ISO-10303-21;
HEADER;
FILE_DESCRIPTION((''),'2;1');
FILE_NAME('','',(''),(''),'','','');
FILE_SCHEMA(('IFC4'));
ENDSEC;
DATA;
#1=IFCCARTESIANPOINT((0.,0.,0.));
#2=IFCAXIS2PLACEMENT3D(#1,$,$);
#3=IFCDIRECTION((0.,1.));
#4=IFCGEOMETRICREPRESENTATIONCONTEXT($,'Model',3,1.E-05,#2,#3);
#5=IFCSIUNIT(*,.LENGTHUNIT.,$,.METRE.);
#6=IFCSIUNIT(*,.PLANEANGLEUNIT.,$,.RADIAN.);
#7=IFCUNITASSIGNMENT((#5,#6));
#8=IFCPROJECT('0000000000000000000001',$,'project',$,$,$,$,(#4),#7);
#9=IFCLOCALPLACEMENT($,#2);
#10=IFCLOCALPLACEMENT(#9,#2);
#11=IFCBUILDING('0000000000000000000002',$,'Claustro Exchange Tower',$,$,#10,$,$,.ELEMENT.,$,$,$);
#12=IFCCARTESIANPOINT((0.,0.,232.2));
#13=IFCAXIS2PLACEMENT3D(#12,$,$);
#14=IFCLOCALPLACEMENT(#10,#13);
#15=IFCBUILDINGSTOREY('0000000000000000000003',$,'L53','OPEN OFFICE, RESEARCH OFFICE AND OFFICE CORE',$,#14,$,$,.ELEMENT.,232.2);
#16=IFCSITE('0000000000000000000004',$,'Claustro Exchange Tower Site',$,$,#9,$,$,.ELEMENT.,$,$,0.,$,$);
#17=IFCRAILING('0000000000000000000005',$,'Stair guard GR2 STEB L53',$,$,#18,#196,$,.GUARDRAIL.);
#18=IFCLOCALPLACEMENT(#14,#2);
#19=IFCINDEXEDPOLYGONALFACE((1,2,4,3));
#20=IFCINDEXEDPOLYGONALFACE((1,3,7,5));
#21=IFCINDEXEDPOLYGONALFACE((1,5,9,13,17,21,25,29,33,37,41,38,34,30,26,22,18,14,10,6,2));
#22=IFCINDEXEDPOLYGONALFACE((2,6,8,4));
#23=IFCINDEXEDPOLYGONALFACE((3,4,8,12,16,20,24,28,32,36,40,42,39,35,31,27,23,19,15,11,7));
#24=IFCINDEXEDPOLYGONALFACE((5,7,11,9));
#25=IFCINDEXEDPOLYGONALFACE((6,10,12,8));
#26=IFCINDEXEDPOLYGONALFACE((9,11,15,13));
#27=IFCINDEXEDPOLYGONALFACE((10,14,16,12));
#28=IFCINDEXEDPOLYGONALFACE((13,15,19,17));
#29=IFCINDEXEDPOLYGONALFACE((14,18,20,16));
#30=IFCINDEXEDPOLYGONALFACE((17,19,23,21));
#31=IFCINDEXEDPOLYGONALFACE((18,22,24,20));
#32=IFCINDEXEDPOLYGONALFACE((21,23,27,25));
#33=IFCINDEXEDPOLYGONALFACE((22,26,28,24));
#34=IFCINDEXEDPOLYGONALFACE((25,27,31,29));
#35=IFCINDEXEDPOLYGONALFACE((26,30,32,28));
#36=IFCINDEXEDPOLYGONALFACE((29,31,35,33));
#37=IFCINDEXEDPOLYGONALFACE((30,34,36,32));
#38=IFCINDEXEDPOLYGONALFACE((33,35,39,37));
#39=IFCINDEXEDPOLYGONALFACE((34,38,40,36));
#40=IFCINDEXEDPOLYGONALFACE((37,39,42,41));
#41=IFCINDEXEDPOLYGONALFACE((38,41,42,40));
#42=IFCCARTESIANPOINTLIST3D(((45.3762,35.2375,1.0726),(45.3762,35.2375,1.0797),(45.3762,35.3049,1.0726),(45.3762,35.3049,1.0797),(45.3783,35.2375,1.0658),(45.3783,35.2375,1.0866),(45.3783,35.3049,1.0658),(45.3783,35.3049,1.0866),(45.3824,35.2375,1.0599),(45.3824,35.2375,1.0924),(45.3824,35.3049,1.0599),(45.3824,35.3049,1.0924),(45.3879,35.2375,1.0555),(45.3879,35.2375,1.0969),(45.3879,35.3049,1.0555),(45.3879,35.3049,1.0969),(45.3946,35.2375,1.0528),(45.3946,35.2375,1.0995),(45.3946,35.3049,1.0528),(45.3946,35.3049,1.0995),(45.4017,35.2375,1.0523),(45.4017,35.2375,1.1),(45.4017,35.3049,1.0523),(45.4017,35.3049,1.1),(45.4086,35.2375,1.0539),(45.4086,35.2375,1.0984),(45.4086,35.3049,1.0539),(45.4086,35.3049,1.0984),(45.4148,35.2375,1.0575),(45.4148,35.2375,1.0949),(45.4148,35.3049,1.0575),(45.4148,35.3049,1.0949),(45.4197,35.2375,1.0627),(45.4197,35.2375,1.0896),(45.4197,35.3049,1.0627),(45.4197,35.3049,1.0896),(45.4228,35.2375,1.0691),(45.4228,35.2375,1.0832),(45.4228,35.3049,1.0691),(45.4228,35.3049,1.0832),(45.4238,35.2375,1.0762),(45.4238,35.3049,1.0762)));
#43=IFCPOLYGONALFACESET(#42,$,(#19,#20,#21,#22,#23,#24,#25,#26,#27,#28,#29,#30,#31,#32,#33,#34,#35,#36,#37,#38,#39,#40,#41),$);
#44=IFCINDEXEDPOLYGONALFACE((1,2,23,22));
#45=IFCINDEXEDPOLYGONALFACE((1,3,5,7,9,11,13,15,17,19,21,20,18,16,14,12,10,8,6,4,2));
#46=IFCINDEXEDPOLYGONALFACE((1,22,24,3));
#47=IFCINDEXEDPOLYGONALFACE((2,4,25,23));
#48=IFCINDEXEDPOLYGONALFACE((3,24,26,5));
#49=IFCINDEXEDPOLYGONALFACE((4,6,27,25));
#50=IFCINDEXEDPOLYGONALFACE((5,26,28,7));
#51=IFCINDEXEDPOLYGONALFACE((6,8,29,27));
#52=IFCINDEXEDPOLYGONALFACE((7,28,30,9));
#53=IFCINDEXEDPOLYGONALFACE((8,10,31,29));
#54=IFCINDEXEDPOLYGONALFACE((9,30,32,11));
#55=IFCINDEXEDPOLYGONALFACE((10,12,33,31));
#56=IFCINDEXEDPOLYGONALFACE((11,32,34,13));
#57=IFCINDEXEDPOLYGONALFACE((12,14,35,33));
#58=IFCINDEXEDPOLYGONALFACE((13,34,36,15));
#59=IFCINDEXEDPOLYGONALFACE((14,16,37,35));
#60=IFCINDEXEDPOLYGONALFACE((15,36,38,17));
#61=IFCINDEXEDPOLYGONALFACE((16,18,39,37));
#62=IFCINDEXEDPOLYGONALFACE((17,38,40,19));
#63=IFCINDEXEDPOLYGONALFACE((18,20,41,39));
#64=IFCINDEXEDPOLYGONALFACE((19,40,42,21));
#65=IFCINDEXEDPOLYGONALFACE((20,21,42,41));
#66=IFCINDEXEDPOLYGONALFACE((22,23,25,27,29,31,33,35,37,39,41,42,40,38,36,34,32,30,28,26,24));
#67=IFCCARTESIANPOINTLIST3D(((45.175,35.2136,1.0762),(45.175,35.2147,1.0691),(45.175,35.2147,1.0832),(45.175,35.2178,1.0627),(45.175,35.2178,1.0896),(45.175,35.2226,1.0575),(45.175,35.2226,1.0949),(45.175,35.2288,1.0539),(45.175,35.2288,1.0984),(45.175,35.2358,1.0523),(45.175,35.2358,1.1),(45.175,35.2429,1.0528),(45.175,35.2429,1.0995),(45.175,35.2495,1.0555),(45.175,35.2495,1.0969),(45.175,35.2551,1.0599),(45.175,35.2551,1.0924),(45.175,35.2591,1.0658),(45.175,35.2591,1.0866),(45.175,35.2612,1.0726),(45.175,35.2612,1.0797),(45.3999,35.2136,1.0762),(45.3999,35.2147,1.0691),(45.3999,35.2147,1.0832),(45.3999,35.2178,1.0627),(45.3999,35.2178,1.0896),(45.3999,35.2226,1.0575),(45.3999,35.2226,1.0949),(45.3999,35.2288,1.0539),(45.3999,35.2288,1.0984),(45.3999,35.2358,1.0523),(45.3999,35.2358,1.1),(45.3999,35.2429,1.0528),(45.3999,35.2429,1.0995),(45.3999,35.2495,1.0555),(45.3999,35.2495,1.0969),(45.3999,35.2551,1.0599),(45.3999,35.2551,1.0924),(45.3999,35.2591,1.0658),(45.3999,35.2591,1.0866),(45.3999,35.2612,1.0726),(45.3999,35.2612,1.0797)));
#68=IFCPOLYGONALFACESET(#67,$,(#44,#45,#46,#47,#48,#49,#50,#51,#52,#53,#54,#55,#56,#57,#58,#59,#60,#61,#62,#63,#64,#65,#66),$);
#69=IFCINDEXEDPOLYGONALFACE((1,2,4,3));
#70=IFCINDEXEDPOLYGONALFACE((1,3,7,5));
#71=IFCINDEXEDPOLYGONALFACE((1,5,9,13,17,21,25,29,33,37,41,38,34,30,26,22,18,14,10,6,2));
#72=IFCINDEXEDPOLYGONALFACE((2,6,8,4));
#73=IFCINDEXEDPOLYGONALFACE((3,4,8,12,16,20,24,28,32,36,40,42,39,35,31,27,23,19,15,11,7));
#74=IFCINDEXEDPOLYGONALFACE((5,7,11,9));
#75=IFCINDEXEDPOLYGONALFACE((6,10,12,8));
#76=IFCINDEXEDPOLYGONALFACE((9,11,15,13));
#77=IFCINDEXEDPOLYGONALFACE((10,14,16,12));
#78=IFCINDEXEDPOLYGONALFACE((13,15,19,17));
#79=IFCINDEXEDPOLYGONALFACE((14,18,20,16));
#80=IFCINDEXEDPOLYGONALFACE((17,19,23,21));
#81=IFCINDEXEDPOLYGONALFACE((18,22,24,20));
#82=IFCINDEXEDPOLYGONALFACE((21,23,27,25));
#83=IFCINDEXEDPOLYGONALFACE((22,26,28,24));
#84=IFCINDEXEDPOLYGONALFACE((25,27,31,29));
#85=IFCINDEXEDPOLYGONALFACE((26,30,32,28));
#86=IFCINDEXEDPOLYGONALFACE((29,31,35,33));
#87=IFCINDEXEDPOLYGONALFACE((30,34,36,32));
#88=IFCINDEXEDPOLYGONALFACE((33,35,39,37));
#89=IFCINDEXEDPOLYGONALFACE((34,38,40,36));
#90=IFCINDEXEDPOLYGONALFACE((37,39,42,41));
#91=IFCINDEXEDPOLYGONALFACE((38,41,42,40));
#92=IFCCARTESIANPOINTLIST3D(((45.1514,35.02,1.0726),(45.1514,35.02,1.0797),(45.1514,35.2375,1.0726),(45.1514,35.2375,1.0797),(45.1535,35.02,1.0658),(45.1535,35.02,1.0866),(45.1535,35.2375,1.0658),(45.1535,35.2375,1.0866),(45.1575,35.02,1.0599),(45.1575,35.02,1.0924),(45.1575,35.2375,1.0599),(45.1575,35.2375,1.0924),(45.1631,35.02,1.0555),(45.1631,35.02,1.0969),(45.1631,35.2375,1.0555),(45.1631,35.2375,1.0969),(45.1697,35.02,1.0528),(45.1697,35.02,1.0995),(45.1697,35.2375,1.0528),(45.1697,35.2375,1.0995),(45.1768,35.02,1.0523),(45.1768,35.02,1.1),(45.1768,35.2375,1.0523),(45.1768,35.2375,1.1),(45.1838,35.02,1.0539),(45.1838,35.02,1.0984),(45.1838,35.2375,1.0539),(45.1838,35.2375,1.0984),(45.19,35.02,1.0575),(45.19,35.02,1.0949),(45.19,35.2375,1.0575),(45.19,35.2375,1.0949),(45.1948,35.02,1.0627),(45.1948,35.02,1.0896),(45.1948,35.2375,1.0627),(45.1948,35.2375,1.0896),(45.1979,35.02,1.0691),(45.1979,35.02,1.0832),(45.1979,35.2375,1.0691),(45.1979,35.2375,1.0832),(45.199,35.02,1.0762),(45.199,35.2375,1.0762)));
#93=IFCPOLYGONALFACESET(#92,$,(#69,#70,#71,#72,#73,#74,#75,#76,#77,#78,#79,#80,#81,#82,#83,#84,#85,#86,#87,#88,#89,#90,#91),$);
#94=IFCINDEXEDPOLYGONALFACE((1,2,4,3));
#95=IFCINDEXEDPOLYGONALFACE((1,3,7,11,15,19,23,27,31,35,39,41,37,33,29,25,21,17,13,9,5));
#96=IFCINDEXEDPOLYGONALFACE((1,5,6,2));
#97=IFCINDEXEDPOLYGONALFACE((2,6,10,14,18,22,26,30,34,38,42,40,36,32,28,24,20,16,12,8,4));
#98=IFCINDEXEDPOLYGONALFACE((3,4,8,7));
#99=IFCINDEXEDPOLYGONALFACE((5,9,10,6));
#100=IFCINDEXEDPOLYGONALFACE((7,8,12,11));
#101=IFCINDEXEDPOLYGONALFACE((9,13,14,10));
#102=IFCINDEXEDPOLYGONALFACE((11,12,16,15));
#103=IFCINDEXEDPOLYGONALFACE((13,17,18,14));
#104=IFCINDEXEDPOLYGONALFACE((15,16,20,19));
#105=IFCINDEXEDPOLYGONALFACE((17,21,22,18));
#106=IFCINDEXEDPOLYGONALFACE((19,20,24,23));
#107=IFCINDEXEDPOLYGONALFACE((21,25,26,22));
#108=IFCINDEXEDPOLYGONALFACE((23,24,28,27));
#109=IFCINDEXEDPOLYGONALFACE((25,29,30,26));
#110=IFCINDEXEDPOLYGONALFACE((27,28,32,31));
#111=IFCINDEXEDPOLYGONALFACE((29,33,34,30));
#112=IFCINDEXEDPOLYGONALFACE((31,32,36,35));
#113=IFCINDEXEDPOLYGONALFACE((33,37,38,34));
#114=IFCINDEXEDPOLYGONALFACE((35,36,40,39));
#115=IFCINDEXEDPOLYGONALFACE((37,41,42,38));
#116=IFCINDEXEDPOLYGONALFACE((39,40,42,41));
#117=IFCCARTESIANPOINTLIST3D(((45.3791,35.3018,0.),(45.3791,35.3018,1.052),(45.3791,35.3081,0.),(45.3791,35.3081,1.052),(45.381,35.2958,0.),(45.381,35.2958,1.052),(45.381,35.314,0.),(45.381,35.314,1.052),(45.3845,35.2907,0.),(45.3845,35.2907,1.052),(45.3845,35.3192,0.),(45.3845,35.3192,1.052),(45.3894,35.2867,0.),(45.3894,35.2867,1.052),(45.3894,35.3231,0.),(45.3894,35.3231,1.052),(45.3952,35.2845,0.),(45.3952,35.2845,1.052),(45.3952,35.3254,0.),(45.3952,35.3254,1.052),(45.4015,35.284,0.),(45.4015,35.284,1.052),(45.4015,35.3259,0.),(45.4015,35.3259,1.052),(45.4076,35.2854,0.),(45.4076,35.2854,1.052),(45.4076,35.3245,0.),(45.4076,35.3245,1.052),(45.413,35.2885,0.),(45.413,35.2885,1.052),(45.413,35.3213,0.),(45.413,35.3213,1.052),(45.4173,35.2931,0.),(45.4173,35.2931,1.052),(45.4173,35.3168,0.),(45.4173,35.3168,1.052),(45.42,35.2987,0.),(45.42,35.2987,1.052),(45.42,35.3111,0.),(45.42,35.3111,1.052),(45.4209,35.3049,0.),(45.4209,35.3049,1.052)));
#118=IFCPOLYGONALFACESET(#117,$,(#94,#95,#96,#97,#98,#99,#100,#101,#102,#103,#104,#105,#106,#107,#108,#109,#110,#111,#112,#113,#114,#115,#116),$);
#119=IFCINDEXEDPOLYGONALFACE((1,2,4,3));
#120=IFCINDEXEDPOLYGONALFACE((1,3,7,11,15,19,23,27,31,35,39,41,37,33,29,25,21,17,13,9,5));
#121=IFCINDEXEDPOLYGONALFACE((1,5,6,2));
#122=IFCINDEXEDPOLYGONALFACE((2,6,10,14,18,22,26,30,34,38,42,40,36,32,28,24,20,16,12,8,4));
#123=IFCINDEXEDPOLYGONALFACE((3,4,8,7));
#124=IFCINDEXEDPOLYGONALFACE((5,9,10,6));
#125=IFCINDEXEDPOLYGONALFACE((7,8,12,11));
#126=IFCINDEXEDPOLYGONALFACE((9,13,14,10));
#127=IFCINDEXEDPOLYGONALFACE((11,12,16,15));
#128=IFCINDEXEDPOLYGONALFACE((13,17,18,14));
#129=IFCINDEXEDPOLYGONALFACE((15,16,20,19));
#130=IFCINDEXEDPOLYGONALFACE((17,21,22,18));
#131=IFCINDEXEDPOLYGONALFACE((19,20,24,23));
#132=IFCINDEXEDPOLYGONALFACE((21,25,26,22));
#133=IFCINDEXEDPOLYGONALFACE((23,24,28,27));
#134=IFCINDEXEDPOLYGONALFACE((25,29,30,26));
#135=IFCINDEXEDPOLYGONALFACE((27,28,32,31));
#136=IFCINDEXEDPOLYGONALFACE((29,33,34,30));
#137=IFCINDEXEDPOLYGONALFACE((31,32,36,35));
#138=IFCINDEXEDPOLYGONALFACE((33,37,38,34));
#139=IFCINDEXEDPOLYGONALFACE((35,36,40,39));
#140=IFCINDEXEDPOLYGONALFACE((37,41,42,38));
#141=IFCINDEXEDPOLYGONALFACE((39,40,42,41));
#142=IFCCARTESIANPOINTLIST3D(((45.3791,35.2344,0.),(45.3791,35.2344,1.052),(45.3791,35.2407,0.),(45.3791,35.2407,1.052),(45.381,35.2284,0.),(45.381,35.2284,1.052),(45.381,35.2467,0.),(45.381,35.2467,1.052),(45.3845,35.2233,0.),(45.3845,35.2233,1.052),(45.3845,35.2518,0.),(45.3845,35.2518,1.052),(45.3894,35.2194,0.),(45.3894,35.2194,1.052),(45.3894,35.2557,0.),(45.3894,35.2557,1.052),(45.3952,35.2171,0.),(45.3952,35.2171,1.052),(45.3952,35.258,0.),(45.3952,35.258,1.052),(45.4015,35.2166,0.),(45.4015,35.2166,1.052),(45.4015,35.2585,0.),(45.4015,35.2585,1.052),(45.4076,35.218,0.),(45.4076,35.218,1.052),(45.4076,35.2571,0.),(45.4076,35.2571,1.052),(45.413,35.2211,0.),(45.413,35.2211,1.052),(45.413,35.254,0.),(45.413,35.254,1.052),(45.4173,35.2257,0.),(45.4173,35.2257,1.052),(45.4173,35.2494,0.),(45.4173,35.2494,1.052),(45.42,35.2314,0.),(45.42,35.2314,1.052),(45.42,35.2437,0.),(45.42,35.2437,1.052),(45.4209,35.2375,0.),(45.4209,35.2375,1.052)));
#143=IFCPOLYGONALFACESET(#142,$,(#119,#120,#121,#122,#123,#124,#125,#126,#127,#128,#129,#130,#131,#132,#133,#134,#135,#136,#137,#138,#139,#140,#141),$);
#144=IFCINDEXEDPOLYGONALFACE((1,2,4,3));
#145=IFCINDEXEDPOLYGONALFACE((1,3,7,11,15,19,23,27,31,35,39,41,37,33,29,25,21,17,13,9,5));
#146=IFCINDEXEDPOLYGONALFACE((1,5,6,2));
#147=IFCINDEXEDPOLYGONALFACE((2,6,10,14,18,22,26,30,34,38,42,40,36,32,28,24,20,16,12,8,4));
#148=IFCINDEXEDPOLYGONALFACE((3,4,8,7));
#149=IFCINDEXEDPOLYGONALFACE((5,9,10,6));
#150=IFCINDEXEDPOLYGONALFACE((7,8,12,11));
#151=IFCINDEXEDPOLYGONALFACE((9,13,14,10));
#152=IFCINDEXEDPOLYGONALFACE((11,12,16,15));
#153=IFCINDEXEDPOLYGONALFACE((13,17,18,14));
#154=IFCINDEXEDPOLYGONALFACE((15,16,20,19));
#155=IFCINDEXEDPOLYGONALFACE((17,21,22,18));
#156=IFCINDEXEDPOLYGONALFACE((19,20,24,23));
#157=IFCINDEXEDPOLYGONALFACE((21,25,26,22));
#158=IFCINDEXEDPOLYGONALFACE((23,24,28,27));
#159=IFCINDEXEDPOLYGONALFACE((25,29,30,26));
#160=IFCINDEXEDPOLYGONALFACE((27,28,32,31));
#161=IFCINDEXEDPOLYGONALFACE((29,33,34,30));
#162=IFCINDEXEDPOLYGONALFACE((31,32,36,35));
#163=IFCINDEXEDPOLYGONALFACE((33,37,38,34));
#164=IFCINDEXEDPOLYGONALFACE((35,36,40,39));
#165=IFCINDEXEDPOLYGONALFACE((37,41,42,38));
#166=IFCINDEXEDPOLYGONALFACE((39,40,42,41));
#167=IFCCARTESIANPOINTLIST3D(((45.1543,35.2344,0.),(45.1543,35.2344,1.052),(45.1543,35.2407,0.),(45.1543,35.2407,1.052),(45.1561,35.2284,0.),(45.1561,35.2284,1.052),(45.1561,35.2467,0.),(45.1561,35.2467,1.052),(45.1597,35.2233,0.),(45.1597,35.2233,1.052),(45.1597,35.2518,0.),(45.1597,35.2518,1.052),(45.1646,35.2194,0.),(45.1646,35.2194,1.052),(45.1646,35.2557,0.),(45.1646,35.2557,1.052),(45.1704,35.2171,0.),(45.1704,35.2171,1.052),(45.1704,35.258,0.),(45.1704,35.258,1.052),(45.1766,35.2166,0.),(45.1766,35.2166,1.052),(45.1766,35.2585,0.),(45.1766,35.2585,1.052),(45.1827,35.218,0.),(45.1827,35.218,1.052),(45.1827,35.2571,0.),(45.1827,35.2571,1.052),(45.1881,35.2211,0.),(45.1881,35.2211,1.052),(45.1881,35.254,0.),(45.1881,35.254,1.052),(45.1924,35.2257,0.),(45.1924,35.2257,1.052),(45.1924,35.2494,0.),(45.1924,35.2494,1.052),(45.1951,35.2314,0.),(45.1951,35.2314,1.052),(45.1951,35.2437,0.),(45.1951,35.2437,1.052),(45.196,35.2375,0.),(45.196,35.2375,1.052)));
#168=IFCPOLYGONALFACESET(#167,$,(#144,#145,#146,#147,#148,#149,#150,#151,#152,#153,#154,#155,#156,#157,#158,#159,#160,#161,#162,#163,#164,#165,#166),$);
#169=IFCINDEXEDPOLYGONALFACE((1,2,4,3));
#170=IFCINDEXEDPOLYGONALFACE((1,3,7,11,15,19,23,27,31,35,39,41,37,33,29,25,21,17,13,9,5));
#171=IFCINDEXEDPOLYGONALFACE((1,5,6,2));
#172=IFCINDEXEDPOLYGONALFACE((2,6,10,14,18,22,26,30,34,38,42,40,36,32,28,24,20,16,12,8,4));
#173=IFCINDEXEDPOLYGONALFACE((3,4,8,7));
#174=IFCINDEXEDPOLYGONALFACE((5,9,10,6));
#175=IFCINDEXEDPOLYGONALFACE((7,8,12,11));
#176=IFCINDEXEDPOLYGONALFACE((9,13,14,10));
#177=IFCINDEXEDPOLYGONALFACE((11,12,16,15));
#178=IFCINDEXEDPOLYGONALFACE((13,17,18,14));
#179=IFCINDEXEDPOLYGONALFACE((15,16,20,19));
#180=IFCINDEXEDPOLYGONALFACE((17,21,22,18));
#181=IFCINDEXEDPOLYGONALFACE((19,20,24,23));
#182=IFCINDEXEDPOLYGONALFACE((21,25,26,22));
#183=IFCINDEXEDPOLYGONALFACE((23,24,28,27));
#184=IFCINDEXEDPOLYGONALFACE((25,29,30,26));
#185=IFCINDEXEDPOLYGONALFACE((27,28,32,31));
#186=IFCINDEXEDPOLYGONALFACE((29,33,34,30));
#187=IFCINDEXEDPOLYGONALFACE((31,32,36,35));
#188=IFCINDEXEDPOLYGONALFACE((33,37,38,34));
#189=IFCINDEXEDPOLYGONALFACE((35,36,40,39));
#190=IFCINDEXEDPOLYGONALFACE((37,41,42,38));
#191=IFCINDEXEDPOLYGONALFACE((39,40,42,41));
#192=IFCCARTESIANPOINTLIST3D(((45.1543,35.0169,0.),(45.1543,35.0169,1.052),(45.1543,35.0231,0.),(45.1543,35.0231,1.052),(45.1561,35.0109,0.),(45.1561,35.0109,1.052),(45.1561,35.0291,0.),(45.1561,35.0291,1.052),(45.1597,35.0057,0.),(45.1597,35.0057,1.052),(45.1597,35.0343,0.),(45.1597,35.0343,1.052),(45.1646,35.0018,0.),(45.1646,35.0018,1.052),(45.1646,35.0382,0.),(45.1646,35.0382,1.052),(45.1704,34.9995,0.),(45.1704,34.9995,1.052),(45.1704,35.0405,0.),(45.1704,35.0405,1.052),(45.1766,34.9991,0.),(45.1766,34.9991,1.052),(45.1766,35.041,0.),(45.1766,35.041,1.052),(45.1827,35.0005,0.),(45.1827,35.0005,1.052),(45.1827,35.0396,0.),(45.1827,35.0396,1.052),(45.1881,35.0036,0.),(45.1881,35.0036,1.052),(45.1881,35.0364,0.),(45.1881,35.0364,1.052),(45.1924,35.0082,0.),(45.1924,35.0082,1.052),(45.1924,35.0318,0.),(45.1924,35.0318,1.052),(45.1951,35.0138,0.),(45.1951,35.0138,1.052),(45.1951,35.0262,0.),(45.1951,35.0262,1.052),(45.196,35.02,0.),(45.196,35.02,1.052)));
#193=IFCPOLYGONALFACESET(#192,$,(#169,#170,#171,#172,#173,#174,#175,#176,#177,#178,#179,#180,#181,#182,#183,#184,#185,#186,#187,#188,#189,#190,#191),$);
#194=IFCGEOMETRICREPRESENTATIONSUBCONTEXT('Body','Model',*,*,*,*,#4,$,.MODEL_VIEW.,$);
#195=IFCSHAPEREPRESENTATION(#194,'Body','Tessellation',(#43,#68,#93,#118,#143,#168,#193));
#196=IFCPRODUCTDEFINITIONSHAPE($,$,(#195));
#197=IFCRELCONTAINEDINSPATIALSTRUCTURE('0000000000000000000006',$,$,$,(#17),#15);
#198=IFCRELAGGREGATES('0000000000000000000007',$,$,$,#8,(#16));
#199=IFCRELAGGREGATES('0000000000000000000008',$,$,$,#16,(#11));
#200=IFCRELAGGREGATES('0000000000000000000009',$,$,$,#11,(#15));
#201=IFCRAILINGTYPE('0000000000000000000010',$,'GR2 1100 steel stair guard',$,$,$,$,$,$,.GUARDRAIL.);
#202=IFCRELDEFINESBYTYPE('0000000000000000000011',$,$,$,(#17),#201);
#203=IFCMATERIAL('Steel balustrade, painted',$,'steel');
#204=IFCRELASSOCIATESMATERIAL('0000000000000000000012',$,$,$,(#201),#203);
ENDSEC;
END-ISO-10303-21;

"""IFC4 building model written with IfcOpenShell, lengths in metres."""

from ifc_helpers import new_model, si_unit, direction, frame, origin, origin_2d, place, context, subcontext, project, spatial, circle, extrude, material, type_object, element, save


model = new_model("IFC4")

# Units and contexts
model_context = context("Model", 3, precision=1e-05, world=origin(), true_north=direction((0.0, 1.0)))
body_context = subcontext(model_context, "Body", "Model", "MODEL_VIEW")
ifc_project = project(units=[si_unit("LENGTHUNIT", "METRE"), si_unit("PLANEANGLEUNIT", "RADIAN")], contexts=[model_context])

# Site, building, storey
site_placement = place(None, origin())
site = spatial("IfcSite", under=ifc_project, at=site_placement, Name="Claustro Exchange Tower Site", CompositionType="ELEMENT", RefElevation=0.0)
building_placement = place(site_placement, origin())
building = spatial("IfcBuilding", under=site, at=building_placement, Name="Claustro Exchange Tower", CompositionType="ELEMENT")
storey_placement = place(building_placement, frame((0.0, 0.0, 232.2)))
storey = spatial("IfcBuildingStorey", under=building, at=storey_placement, Name="L53", Description="OPEN OFFICE, RESEARCH OFFICE AND OFFICE CORE", CompositionType="ELEMENT", Elevation=232.2)

# Railing
ifc_material_1 = material(Name="Steel balustrade, painted", Category="steel")
railing_type_1 = type_object("IfcRailingType", Name="GR2 1100 steel stair guard", PredefinedType="GUARDRAIL", material=ifc_material_1)
railing_1_placement = place(storey_placement, frame((45.3999, 35.3049, 0.0)))
element("IfcRailing", 1, at=railing_1_placement, inside=storey, type_object=railing_type_1, Name="Stair guard GR2 STEB L53", PredefinedType="GUARDRAIL", context=body_context, shape_type="SweptSolid", body=[
    extrude(circle(Radius=0.0239, at=origin_2d()), frame((0.0, 0.0, 1.0762), z_axis=(0.0, -1.0, 0.0), x_axis=(1.0, 0.0, 0.0)), (0.0, 0.0, 1.0), 0.0674),
    extrude(circle(Radius=0.0239, at=origin_2d()), frame((0.0, -0.0674, 1.0762), z_axis=(-1.0, 0.0, 0.0), x_axis=(0.0, -1.0, 0.0)), (0.0, 0.0, 1.0), 0.2249),
    extrude(circle(Radius=0.0239, at=origin_2d()), frame((-0.2249, -0.0674, 1.0762), z_axis=(0.0, -1.0, 0.0), x_axis=(1.0, 0.0, 0.0)), (0.0, 0.0, 1.0), 0.2175),
    extrude(circle(Radius=0.021, at=origin_2d()), origin(), (0.0, 0.0, 1.0), 1.052),
    extrude(circle(Radius=0.021, at=origin_2d()), frame((0.0, -0.0674, 0.0)), (0.0, 0.0, 1.0), 1.052),
    extrude(circle(Radius=0.021, at=origin_2d()), frame((-0.2249, -0.0674, 0.0)), (0.0, 0.0, 1.0), 1.052),
    extrude(circle(Radius=0.021, at=origin_2d()), frame((-0.2249, -0.2849, 0.0)), (0.0, 0.0, 1.0), 1.052),
])

save(model, "model.ifc")
